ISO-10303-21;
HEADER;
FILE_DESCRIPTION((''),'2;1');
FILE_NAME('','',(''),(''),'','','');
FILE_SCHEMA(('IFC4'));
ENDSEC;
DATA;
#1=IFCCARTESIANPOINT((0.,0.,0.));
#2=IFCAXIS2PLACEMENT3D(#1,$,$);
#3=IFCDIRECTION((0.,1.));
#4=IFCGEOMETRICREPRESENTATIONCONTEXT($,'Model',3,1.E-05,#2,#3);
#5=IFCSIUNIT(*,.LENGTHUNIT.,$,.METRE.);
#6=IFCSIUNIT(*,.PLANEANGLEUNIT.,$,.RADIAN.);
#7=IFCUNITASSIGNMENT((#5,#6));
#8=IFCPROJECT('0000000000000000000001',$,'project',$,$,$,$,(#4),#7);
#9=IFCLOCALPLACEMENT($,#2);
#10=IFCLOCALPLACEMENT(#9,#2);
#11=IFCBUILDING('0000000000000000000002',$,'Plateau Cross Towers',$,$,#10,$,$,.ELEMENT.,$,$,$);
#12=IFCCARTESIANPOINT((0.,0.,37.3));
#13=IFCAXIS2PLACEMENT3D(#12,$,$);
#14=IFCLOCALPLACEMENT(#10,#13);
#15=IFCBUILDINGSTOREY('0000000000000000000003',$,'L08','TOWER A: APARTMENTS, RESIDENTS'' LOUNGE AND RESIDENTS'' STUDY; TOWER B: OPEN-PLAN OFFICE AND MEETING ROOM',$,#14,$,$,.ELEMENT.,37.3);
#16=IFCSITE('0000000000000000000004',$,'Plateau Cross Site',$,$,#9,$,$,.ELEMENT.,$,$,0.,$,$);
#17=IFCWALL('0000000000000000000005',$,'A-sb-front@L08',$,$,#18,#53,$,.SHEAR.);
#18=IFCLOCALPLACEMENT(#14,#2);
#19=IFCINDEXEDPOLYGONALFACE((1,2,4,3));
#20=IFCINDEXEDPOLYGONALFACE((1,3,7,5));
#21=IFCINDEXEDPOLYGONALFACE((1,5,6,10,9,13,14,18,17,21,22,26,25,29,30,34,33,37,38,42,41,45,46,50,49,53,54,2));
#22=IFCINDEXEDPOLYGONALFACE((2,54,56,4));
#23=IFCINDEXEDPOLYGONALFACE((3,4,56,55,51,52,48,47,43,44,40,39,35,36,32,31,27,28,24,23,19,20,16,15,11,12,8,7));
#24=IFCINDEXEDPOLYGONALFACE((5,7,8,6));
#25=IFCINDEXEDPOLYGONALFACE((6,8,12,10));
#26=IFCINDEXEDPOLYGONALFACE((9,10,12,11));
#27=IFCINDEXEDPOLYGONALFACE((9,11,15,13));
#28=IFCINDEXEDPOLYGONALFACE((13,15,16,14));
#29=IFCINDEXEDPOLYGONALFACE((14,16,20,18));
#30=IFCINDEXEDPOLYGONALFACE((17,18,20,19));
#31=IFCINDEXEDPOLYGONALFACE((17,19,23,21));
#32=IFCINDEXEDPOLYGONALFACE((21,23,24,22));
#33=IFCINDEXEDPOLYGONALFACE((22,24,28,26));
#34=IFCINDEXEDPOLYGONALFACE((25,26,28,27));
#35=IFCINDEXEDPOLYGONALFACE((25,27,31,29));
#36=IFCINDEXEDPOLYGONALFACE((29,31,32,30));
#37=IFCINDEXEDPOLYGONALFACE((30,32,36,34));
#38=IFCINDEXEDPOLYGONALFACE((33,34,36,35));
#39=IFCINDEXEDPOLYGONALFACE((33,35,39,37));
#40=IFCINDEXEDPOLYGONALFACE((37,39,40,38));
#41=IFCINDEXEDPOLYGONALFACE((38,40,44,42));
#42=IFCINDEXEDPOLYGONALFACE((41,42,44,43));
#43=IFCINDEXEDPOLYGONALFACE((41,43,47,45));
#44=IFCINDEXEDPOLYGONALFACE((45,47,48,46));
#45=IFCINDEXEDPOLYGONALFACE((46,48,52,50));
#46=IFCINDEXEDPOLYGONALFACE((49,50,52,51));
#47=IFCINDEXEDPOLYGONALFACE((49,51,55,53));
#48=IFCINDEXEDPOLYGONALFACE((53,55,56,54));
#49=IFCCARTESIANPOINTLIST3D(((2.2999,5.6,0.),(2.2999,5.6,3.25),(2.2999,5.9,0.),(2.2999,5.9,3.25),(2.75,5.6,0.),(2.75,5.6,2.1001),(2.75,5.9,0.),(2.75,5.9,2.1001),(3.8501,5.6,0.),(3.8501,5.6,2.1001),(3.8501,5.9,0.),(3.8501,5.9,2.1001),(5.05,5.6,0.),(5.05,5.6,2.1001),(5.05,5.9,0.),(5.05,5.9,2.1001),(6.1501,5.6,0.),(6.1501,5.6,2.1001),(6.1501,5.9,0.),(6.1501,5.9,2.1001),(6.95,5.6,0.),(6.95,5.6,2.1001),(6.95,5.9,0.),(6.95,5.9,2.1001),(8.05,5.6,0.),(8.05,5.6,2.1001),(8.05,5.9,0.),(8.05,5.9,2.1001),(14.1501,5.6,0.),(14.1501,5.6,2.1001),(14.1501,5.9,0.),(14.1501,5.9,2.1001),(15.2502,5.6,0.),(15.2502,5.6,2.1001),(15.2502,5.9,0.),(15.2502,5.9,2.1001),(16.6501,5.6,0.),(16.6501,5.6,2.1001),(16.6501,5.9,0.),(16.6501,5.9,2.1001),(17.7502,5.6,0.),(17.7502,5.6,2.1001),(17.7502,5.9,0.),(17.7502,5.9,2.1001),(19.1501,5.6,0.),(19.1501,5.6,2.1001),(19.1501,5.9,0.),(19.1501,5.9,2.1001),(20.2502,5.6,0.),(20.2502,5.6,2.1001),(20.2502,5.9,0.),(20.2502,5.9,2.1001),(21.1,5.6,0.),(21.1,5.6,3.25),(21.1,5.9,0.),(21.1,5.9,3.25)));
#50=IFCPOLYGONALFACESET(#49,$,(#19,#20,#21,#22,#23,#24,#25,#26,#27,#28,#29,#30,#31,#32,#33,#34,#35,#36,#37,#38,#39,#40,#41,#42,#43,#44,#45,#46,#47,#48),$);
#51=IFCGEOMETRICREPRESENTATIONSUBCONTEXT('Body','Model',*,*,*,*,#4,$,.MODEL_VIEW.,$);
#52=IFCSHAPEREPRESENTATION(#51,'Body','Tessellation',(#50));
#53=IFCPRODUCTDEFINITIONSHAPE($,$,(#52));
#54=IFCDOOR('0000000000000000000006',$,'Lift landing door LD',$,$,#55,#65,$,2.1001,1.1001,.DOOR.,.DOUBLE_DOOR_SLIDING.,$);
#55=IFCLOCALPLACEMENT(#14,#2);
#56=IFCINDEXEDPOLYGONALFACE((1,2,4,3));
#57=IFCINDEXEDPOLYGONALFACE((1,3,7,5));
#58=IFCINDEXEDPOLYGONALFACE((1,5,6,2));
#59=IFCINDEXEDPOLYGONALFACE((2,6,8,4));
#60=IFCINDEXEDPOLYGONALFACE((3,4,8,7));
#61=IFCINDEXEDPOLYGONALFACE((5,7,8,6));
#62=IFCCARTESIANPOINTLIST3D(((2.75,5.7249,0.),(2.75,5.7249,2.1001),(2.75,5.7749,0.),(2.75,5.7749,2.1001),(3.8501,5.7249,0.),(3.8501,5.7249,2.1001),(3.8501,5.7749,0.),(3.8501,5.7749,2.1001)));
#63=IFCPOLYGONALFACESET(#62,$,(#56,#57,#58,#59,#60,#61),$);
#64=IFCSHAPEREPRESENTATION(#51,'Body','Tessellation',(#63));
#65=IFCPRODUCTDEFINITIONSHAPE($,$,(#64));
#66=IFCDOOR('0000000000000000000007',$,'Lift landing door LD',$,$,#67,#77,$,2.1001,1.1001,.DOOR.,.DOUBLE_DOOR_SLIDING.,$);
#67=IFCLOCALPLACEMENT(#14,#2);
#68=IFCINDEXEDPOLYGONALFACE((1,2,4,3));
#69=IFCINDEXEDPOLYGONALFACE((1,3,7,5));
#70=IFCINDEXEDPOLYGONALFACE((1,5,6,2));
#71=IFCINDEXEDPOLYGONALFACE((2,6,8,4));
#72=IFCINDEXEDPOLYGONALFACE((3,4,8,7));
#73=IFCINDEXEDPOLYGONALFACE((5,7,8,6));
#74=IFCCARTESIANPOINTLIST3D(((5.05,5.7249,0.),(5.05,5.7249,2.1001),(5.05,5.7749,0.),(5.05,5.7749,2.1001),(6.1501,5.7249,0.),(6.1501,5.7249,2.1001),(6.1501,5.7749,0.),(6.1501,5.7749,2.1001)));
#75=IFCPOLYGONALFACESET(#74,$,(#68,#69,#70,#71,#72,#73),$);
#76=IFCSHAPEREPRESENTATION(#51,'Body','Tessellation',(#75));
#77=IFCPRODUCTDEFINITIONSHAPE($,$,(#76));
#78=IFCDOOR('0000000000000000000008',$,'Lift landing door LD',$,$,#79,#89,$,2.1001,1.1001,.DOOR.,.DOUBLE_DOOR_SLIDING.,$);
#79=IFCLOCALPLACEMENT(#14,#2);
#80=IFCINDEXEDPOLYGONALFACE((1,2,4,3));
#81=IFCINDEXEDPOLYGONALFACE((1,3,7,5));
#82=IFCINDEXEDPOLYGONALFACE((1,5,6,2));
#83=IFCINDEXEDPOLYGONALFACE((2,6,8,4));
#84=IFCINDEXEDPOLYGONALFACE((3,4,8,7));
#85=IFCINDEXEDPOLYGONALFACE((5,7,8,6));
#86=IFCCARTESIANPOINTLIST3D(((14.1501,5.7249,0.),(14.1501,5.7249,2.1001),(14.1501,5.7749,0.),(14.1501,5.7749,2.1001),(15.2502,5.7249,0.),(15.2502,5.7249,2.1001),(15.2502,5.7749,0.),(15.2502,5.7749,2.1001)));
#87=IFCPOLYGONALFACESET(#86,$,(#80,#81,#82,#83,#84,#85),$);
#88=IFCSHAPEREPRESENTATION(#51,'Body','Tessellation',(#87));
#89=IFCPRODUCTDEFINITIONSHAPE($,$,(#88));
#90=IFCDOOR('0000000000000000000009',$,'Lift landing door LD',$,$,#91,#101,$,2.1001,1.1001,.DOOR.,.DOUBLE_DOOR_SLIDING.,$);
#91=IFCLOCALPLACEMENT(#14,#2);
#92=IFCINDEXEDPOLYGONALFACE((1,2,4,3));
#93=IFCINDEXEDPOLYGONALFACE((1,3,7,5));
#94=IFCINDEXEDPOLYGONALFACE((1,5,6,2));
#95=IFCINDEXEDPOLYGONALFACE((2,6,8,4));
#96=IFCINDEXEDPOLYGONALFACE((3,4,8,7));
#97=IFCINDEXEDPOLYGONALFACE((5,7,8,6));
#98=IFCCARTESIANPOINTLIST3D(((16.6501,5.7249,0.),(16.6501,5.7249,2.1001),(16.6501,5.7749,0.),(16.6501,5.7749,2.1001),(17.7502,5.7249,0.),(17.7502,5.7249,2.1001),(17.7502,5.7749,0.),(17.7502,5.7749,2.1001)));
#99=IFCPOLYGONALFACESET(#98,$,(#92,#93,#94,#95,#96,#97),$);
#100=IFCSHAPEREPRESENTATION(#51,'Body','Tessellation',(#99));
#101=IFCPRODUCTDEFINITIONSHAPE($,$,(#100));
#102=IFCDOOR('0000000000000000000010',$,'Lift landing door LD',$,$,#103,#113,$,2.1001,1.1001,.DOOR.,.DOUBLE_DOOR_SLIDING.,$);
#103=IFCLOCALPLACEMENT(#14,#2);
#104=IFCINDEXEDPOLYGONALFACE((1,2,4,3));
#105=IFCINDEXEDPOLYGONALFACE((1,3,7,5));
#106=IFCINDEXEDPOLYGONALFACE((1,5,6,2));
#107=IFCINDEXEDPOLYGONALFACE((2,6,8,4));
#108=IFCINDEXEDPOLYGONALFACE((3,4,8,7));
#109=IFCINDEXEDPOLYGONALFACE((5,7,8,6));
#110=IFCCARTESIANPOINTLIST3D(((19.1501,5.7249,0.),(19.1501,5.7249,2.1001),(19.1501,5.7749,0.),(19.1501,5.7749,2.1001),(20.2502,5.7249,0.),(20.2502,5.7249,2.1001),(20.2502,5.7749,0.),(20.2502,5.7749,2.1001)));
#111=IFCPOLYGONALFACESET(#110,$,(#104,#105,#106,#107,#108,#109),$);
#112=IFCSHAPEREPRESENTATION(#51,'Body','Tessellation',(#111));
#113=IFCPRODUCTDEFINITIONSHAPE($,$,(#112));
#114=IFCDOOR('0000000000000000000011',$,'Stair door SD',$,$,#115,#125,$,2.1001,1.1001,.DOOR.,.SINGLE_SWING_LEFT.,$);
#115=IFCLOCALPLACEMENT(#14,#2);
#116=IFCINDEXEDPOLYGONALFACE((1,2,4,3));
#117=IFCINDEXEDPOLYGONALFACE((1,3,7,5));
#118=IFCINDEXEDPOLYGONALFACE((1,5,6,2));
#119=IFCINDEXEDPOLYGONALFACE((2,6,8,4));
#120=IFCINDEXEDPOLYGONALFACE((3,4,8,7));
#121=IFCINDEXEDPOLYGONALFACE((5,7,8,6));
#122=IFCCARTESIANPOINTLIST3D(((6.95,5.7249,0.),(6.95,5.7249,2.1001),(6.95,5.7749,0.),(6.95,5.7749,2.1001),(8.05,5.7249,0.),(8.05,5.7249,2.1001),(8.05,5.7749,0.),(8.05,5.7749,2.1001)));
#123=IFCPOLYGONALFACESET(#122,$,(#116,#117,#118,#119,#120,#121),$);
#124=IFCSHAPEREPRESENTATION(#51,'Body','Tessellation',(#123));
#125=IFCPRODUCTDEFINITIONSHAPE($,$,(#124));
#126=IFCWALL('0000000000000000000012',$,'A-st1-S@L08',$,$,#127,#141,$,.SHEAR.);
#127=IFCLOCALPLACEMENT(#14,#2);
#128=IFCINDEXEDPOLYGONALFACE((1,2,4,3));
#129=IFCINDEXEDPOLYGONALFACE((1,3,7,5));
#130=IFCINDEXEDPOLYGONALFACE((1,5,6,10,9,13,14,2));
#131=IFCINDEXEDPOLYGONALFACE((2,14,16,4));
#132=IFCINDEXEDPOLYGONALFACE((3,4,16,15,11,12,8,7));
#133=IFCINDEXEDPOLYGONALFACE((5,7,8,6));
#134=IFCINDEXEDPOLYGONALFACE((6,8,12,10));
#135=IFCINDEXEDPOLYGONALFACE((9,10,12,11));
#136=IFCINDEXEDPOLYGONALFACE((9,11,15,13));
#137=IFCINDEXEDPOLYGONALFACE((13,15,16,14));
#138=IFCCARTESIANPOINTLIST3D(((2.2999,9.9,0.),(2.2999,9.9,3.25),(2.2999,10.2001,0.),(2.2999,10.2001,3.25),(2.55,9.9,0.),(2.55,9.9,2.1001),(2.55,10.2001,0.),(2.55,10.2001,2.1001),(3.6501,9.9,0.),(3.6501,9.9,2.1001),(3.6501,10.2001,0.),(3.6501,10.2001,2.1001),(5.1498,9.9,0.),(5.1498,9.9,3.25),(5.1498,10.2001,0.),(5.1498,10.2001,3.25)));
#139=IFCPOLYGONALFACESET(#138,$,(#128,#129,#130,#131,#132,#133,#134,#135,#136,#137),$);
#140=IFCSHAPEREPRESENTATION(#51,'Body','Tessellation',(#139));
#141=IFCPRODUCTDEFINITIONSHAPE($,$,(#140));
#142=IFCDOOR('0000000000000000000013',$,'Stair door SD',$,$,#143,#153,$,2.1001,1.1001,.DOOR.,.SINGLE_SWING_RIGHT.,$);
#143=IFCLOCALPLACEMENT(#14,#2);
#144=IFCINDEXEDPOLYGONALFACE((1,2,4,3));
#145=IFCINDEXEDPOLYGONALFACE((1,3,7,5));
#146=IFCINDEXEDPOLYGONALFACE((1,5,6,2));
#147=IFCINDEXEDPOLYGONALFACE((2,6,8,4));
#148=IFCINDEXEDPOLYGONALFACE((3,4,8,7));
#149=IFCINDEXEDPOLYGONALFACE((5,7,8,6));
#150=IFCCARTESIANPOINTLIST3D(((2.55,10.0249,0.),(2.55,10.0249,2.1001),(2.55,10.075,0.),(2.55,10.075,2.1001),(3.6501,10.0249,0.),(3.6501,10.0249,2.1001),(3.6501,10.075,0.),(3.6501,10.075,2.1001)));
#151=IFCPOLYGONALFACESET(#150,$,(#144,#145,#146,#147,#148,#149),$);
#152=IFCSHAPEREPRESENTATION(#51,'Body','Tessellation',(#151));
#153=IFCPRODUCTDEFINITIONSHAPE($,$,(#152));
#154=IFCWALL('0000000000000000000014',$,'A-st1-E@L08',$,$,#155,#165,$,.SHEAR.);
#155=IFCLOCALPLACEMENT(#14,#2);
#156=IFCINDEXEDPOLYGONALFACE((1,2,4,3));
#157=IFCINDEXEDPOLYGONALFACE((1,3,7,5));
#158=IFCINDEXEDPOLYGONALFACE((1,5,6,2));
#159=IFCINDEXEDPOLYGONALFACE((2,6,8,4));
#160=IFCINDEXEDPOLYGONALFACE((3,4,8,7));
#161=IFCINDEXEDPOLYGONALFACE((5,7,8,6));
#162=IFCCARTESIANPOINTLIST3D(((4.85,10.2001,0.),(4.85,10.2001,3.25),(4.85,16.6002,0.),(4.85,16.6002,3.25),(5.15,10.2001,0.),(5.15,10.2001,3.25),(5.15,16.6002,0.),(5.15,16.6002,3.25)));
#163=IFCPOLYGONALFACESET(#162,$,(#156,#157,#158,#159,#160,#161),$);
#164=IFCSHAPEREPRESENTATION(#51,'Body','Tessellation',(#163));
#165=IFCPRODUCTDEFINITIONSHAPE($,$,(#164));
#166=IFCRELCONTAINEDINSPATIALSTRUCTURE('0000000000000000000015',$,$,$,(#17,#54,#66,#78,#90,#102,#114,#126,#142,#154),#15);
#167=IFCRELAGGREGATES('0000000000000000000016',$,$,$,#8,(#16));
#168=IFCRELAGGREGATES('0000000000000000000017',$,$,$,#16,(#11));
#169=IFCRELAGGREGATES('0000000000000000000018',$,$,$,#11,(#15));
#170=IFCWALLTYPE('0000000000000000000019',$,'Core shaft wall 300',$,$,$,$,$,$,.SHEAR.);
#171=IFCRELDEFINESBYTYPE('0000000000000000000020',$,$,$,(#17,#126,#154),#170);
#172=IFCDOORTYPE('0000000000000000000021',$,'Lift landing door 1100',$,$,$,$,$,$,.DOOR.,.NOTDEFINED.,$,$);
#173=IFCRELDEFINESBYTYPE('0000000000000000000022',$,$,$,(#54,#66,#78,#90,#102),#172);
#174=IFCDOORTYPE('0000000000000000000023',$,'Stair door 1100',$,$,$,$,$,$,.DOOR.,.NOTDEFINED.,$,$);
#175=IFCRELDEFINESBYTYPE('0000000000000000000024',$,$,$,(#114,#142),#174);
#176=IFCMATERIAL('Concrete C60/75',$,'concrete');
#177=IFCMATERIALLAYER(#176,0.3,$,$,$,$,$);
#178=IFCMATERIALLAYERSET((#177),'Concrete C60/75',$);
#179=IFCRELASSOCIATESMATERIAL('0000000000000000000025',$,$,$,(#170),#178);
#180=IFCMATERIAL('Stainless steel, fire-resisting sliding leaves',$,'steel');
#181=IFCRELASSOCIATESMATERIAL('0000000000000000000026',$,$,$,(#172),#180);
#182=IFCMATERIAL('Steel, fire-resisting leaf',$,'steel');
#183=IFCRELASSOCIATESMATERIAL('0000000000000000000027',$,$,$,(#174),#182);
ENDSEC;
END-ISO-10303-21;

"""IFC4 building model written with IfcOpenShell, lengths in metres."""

from ifc_helpers import new_model, si_unit, direction, frame, frame_2d, origin, place, context, subcontext, project, spatial, rectangle, extrude, material, layer, layer_set, type_object, element, fill, save


model = new_model("IFC4")

# Units and contexts
model_context = context("Model", 3, precision=1e-05, world=origin(), true_north=direction((0.0, 1.0)))
body_context = subcontext(model_context, "Body", "Model", "MODEL_VIEW")
ifc_project = project(units=[si_unit("LENGTHUNIT", "METRE"), si_unit("PLANEANGLEUNIT", "RADIAN")], contexts=[model_context])

# Site, building, storey
site_placement = place(None, origin())
site = spatial("IfcSite", under=ifc_project, at=site_placement, Name="Plateau Cross Site", CompositionType="ELEMENT", RefElevation=0.0)
building_placement = place(site_placement, origin())
building = spatial("IfcBuilding", under=site, at=building_placement, Name="Plateau Cross Towers", CompositionType="ELEMENT")
storey_placement = place(building_placement, frame((0.0, 0.0, 37.3)))
storey = spatial("IfcBuildingStorey", under=building, at=storey_placement, Name="L08", Description="TOWER A: APARTMENTS, RESIDENTS' LOUNGE AND RESIDENTS' STUDY; TOWER B: OPEN-PLAN OFFICE AND MEETING ROOM", CompositionType="ELEMENT", Elevation=37.3)

# Shared definitions
ifc_material_1 = material(Name="Steel, fire-resisting leaf", Category="steel")

# Shared definitions
ifc_material_2 = material(Name="Concrete C60/75", Category="concrete")
ifc_layer_1 = layer(ifc_material_2, 0.3)
ifc_layer_set_1 = layer_set([ifc_layer_1], Name="Concrete C60/75")
wall_type_1 = type_object("IfcWallType", Name="Core shaft wall 300", PredefinedType="SHEAR", material=ifc_layer_set_1)

# Wall, openings, doors
wall_1_placement = place(storey_placement, frame((2.3, 5.75, 0.0), z_axis=(0.0, 0.0, 1.0), x_axis=(1.0, 0.0, 0.0)))
wall_1 = element("IfcWall", 1, at=wall_1_placement, inside=storey, type_object=wall_type_1, Name="A-sb-front@L08", PredefinedType="SHEAR", context=body_context, shape_type="SweptSolid", body=[
    extrude(rectangle(XDim=18.8, YDim=0.3, at=frame_2d((9.3999, 0.0))), origin(), (0.0, 0.0, 1.0), 3.25),
])
opening_1_placement = place(wall_1_placement, frame((4.6499, 0.0, 0.0)))
opening_1 = element("IfcOpeningElement", 2, at=opening_1_placement, cuts=wall_1, PredefinedType="OPENING", context=body_context, shape_type="SweptSolid", body=[
    extrude(rectangle(XDim=1.1001, YDim=2.1001, at=frame_2d((0.55, 1.05))), frame((0.0, 0.1599, 0.0), z_axis=(0.0, -1.0, 0.0), x_axis=(1.0, 0.0, 0.0)), (0.0, 0.0, 1.0), 0.3201),
])
opening_2_placement = place(wall_1_placement, frame((0.45, 0.0, 0.0)))
opening_2 = element("IfcOpeningElement", 3, at=opening_2_placement, cuts=wall_1, PredefinedType="OPENING", context=body_context, shape_type="SweptSolid", body=[
    extrude(rectangle(XDim=1.1001, YDim=2.1001, at=frame_2d((0.55, 1.05))), frame((0.0, 0.1599, 0.0), z_axis=(0.0, -1.0, 0.0), x_axis=(1.0, 0.0, 0.0)), (0.0, 0.0, 1.0), 0.3201),
])
opening_3_placement = place(wall_1_placement, frame((2.75, 0.0, 0.0)))
opening_3 = element("IfcOpeningElement", 4, at=opening_3_placement, cuts=wall_1, PredefinedType="OPENING", context=body_context, shape_type="SweptSolid", body=[
    extrude(rectangle(XDim=1.1001, YDim=2.1001, at=frame_2d((0.55, 1.05))), frame((0.0, 0.1599, 0.0), z_axis=(0.0, -1.0, 0.0), x_axis=(1.0, 0.0, 0.0)), (0.0, 0.0, 1.0), 0.3201),
])
opening_4_placement = place(wall_1_placement, frame((11.8501, 0.0, 0.0)))
opening_4 = element("IfcOpeningElement", 5, at=opening_4_placement, cuts=wall_1, PredefinedType="OPENING", context=body_context, shape_type="SweptSolid", body=[
    extrude(rectangle(XDim=1.1001, YDim=2.1001, at=frame_2d((0.55, 1.05))), frame((0.0, 0.1599, 0.0), z_axis=(0.0, -1.0, 0.0), x_axis=(1.0, 0.0, 0.0)), (0.0, 0.0, 1.0), 0.3201),
])
opening_5_placement = place(wall_1_placement, frame((14.3501, 0.0, 0.0)))
opening_5 = element("IfcOpeningElement", 6, at=opening_5_placement, cuts=wall_1, PredefinedType="OPENING", context=body_context, shape_type="SweptSolid", body=[
    extrude(rectangle(XDim=1.1001, YDim=2.1001, at=frame_2d((0.55, 1.05))), frame((0.0, 0.1599, 0.0), z_axis=(0.0, -1.0, 0.0), x_axis=(1.0, 0.0, 0.0)), (0.0, 0.0, 1.0), 0.3201),
])
opening_6_placement = place(wall_1_placement, frame((16.8501, 0.0, 0.0)))
opening_6 = element("IfcOpeningElement", 7, at=opening_6_placement, cuts=wall_1, PredefinedType="OPENING", context=body_context, shape_type="SweptSolid", body=[
    extrude(rectangle(XDim=1.1001, YDim=2.1001, at=frame_2d((0.55, 1.05))), frame((0.0, 0.1599, 0.0), z_axis=(0.0, -1.0, 0.0), x_axis=(1.0, 0.0, 0.0)), (0.0, 0.0, 1.0), 0.3201),
])
ifc_material_3 = material(Name="Stainless steel, fire-resisting sliding leaves", Category="steel")
door_type_1 = type_object("IfcDoorType", Name="Lift landing door 1100", OperationType="NOTDEFINED", PredefinedType="DOOR", material=ifc_material_3)
door_1_placement = place(opening_2_placement, origin())
door_1 = element("IfcDoor", 8, at=door_1_placement, inside=storey, type_object=door_type_1, Name="Lift landing door LD", OperationType="DOUBLE_DOOR_SLIDING", OverallHeight=2.1001, OverallWidth=1.1001, PredefinedType="DOOR", context=body_context, shape_type="SweptSolid", body=[
    extrude(rectangle(XDim=1.1001, YDim=2.1001, at=frame_2d((0.55, 1.05))), frame((0.0, 0.0249, 0.0), z_axis=(0.0, -1.0, 0.0), x_axis=(1.0, 0.0, 0.0)), (0.0, 0.0, 1.0), 0.05),
])
fill(opening_2, door_1)
door_2_placement = place(opening_3_placement, origin())
door_2 = element("IfcDoor", 9, at=door_2_placement, inside=storey, type_object=door_type_1, Name="Lift landing door LD", OperationType="DOUBLE_DOOR_SLIDING", OverallHeight=2.1001, OverallWidth=1.1001, PredefinedType="DOOR", context=body_context, shape_type="SweptSolid", body=[
    extrude(rectangle(XDim=1.1001, YDim=2.1001, at=frame_2d((0.55, 1.05))), frame((0.0, 0.0249, 0.0), z_axis=(0.0, -1.0, 0.0), x_axis=(1.0, 0.0, 0.0)), (0.0, 0.0, 1.0), 0.05),
])
fill(opening_3, door_2)
door_3_placement = place(opening_4_placement, origin())
door_3 = element("IfcDoor", 10, at=door_3_placement, inside=storey, type_object=door_type_1, Name="Lift landing door LD", OperationType="DOUBLE_DOOR_SLIDING", OverallHeight=2.1001, OverallWidth=1.1001, PredefinedType="DOOR", context=body_context, shape_type="SweptSolid", body=[
    extrude(rectangle(XDim=1.1001, YDim=2.1001, at=frame_2d((0.55, 1.05))), frame((0.0, 0.0249, 0.0), z_axis=(0.0, -1.0, 0.0), x_axis=(1.0, 0.0, 0.0)), (0.0, 0.0, 1.0), 0.05),
])
fill(opening_4, door_3)
door_4_placement = place(opening_5_placement, origin())
door_4 = element("IfcDoor", 11, at=door_4_placement, inside=storey, type_object=door_type_1, Name="Lift landing door LD", OperationType="DOUBLE_DOOR_SLIDING", OverallHeight=2.1001, OverallWidth=1.1001, PredefinedType="DOOR", context=body_context, shape_type="SweptSolid", body=[
    extrude(rectangle(XDim=1.1001, YDim=2.1001, at=frame_2d((0.55, 1.05))), frame((0.0, 0.0249, 0.0), z_axis=(0.0, -1.0, 0.0), x_axis=(1.0, 0.0, 0.0)), (0.0, 0.0, 1.0), 0.05),
])
fill(opening_5, door_4)
door_5_placement = place(opening_6_placement, origin())
door_5 = element("IfcDoor", 12, at=door_5_placement, inside=storey, type_object=door_type_1, Name="Lift landing door LD", OperationType="DOUBLE_DOOR_SLIDING", OverallHeight=2.1001, OverallWidth=1.1001, PredefinedType="DOOR", context=body_context, shape_type="SweptSolid", body=[
    extrude(rectangle(XDim=1.1001, YDim=2.1001, at=frame_2d((0.55, 1.05))), frame((0.0, 0.0249, 0.0), z_axis=(0.0, -1.0, 0.0), x_axis=(1.0, 0.0, 0.0)), (0.0, 0.0, 1.0), 0.05),
])
fill(opening_6, door_5)
door_type_2 = type_object("IfcDoorType", Name="Stair door 1100", OperationType="NOTDEFINED", PredefinedType="DOOR", material=ifc_material_1)
door_6_placement = place(opening_1_placement, origin())
door_6 = element("IfcDoor", 13, at=door_6_placement, inside=storey, type_object=door_type_2, Name="Stair door SD", OperationType="SINGLE_SWING_LEFT", OverallHeight=2.1001, OverallWidth=1.1001, PredefinedType="DOOR", context=body_context, shape_type="SweptSolid", body=[
    extrude(rectangle(XDim=1.1001, YDim=2.1001, at=frame_2d((0.55, 1.05))), frame((0.0, 0.0249, 0.0), z_axis=(0.0, -1.0, 0.0), x_axis=(1.0, 0.0, 0.0)), (0.0, 0.0, 1.0), 0.05),
])
fill(opening_1, door_6)

# Wall, opening, door
wall_2_placement = place(storey_placement, frame((2.3, 10.05, 0.0), z_axis=(0.0, 0.0, 1.0), x_axis=(1.0, 0.0, 0.0)))
wall_2 = element("IfcWall", 14, at=wall_2_placement, inside=storey, type_object=wall_type_1, Name="A-st1-S@L08", PredefinedType="SHEAR", context=body_context, shape_type="SweptSolid", body=[
    extrude(rectangle(XDim=2.8499, YDim=0.3, at=frame_2d((1.4248, 0.0))), origin(), (0.0, 0.0, 1.0), 3.25),
])
opening_7_placement = place(wall_2_placement, frame((0.25, 0.0, 0.0)))
opening_7 = element("IfcOpeningElement", 15, at=opening_7_placement, cuts=wall_2, PredefinedType="OPENING", context=body_context, shape_type="SweptSolid", body=[
    extrude(rectangle(XDim=1.1001, YDim=2.1001, at=frame_2d((0.55, 1.05))), frame((0.0, 0.1599, 0.0), z_axis=(0.0, -1.0, 0.0), x_axis=(1.0, 0.0, 0.0)), (0.0, 0.0, 1.0), 0.3201),
])
door_7_placement = place(opening_7_placement, origin())
door_7 = element("IfcDoor", 16, at=door_7_placement, inside=storey, type_object=door_type_2, Name="Stair door SD", OperationType="SINGLE_SWING_RIGHT", OverallHeight=2.1001, OverallWidth=1.1001, PredefinedType="DOOR", context=body_context, shape_type="SweptSolid", body=[
    extrude(rectangle(XDim=1.1001, YDim=2.1001, at=frame_2d((0.55, 1.05))), frame((0.0, 0.0249, 0.0), z_axis=(0.0, -1.0, 0.0), x_axis=(1.0, 0.0, 0.0)), (0.0, 0.0, 1.0), 0.05),
])
fill(opening_7, door_7)

# Wall
wall_3_placement = place(storey_placement, frame((5.0, 10.2, 0.0), z_axis=(0.0, 0.0, 1.0), x_axis=(0.0, 1.0, 0.0)))
element("IfcWall", 17, at=wall_3_placement, inside=storey, type_object=wall_type_1, Name="A-st1-E@L08", PredefinedType="SHEAR", context=body_context, shape_type="SweptSolid", body=[
    extrude(rectangle(XDim=6.4001, YDim=0.3, at=frame_2d((3.2002, 0.0))), origin(), (0.0, 0.0, 1.0), 3.25),
])

save(model, "model.ifc")
